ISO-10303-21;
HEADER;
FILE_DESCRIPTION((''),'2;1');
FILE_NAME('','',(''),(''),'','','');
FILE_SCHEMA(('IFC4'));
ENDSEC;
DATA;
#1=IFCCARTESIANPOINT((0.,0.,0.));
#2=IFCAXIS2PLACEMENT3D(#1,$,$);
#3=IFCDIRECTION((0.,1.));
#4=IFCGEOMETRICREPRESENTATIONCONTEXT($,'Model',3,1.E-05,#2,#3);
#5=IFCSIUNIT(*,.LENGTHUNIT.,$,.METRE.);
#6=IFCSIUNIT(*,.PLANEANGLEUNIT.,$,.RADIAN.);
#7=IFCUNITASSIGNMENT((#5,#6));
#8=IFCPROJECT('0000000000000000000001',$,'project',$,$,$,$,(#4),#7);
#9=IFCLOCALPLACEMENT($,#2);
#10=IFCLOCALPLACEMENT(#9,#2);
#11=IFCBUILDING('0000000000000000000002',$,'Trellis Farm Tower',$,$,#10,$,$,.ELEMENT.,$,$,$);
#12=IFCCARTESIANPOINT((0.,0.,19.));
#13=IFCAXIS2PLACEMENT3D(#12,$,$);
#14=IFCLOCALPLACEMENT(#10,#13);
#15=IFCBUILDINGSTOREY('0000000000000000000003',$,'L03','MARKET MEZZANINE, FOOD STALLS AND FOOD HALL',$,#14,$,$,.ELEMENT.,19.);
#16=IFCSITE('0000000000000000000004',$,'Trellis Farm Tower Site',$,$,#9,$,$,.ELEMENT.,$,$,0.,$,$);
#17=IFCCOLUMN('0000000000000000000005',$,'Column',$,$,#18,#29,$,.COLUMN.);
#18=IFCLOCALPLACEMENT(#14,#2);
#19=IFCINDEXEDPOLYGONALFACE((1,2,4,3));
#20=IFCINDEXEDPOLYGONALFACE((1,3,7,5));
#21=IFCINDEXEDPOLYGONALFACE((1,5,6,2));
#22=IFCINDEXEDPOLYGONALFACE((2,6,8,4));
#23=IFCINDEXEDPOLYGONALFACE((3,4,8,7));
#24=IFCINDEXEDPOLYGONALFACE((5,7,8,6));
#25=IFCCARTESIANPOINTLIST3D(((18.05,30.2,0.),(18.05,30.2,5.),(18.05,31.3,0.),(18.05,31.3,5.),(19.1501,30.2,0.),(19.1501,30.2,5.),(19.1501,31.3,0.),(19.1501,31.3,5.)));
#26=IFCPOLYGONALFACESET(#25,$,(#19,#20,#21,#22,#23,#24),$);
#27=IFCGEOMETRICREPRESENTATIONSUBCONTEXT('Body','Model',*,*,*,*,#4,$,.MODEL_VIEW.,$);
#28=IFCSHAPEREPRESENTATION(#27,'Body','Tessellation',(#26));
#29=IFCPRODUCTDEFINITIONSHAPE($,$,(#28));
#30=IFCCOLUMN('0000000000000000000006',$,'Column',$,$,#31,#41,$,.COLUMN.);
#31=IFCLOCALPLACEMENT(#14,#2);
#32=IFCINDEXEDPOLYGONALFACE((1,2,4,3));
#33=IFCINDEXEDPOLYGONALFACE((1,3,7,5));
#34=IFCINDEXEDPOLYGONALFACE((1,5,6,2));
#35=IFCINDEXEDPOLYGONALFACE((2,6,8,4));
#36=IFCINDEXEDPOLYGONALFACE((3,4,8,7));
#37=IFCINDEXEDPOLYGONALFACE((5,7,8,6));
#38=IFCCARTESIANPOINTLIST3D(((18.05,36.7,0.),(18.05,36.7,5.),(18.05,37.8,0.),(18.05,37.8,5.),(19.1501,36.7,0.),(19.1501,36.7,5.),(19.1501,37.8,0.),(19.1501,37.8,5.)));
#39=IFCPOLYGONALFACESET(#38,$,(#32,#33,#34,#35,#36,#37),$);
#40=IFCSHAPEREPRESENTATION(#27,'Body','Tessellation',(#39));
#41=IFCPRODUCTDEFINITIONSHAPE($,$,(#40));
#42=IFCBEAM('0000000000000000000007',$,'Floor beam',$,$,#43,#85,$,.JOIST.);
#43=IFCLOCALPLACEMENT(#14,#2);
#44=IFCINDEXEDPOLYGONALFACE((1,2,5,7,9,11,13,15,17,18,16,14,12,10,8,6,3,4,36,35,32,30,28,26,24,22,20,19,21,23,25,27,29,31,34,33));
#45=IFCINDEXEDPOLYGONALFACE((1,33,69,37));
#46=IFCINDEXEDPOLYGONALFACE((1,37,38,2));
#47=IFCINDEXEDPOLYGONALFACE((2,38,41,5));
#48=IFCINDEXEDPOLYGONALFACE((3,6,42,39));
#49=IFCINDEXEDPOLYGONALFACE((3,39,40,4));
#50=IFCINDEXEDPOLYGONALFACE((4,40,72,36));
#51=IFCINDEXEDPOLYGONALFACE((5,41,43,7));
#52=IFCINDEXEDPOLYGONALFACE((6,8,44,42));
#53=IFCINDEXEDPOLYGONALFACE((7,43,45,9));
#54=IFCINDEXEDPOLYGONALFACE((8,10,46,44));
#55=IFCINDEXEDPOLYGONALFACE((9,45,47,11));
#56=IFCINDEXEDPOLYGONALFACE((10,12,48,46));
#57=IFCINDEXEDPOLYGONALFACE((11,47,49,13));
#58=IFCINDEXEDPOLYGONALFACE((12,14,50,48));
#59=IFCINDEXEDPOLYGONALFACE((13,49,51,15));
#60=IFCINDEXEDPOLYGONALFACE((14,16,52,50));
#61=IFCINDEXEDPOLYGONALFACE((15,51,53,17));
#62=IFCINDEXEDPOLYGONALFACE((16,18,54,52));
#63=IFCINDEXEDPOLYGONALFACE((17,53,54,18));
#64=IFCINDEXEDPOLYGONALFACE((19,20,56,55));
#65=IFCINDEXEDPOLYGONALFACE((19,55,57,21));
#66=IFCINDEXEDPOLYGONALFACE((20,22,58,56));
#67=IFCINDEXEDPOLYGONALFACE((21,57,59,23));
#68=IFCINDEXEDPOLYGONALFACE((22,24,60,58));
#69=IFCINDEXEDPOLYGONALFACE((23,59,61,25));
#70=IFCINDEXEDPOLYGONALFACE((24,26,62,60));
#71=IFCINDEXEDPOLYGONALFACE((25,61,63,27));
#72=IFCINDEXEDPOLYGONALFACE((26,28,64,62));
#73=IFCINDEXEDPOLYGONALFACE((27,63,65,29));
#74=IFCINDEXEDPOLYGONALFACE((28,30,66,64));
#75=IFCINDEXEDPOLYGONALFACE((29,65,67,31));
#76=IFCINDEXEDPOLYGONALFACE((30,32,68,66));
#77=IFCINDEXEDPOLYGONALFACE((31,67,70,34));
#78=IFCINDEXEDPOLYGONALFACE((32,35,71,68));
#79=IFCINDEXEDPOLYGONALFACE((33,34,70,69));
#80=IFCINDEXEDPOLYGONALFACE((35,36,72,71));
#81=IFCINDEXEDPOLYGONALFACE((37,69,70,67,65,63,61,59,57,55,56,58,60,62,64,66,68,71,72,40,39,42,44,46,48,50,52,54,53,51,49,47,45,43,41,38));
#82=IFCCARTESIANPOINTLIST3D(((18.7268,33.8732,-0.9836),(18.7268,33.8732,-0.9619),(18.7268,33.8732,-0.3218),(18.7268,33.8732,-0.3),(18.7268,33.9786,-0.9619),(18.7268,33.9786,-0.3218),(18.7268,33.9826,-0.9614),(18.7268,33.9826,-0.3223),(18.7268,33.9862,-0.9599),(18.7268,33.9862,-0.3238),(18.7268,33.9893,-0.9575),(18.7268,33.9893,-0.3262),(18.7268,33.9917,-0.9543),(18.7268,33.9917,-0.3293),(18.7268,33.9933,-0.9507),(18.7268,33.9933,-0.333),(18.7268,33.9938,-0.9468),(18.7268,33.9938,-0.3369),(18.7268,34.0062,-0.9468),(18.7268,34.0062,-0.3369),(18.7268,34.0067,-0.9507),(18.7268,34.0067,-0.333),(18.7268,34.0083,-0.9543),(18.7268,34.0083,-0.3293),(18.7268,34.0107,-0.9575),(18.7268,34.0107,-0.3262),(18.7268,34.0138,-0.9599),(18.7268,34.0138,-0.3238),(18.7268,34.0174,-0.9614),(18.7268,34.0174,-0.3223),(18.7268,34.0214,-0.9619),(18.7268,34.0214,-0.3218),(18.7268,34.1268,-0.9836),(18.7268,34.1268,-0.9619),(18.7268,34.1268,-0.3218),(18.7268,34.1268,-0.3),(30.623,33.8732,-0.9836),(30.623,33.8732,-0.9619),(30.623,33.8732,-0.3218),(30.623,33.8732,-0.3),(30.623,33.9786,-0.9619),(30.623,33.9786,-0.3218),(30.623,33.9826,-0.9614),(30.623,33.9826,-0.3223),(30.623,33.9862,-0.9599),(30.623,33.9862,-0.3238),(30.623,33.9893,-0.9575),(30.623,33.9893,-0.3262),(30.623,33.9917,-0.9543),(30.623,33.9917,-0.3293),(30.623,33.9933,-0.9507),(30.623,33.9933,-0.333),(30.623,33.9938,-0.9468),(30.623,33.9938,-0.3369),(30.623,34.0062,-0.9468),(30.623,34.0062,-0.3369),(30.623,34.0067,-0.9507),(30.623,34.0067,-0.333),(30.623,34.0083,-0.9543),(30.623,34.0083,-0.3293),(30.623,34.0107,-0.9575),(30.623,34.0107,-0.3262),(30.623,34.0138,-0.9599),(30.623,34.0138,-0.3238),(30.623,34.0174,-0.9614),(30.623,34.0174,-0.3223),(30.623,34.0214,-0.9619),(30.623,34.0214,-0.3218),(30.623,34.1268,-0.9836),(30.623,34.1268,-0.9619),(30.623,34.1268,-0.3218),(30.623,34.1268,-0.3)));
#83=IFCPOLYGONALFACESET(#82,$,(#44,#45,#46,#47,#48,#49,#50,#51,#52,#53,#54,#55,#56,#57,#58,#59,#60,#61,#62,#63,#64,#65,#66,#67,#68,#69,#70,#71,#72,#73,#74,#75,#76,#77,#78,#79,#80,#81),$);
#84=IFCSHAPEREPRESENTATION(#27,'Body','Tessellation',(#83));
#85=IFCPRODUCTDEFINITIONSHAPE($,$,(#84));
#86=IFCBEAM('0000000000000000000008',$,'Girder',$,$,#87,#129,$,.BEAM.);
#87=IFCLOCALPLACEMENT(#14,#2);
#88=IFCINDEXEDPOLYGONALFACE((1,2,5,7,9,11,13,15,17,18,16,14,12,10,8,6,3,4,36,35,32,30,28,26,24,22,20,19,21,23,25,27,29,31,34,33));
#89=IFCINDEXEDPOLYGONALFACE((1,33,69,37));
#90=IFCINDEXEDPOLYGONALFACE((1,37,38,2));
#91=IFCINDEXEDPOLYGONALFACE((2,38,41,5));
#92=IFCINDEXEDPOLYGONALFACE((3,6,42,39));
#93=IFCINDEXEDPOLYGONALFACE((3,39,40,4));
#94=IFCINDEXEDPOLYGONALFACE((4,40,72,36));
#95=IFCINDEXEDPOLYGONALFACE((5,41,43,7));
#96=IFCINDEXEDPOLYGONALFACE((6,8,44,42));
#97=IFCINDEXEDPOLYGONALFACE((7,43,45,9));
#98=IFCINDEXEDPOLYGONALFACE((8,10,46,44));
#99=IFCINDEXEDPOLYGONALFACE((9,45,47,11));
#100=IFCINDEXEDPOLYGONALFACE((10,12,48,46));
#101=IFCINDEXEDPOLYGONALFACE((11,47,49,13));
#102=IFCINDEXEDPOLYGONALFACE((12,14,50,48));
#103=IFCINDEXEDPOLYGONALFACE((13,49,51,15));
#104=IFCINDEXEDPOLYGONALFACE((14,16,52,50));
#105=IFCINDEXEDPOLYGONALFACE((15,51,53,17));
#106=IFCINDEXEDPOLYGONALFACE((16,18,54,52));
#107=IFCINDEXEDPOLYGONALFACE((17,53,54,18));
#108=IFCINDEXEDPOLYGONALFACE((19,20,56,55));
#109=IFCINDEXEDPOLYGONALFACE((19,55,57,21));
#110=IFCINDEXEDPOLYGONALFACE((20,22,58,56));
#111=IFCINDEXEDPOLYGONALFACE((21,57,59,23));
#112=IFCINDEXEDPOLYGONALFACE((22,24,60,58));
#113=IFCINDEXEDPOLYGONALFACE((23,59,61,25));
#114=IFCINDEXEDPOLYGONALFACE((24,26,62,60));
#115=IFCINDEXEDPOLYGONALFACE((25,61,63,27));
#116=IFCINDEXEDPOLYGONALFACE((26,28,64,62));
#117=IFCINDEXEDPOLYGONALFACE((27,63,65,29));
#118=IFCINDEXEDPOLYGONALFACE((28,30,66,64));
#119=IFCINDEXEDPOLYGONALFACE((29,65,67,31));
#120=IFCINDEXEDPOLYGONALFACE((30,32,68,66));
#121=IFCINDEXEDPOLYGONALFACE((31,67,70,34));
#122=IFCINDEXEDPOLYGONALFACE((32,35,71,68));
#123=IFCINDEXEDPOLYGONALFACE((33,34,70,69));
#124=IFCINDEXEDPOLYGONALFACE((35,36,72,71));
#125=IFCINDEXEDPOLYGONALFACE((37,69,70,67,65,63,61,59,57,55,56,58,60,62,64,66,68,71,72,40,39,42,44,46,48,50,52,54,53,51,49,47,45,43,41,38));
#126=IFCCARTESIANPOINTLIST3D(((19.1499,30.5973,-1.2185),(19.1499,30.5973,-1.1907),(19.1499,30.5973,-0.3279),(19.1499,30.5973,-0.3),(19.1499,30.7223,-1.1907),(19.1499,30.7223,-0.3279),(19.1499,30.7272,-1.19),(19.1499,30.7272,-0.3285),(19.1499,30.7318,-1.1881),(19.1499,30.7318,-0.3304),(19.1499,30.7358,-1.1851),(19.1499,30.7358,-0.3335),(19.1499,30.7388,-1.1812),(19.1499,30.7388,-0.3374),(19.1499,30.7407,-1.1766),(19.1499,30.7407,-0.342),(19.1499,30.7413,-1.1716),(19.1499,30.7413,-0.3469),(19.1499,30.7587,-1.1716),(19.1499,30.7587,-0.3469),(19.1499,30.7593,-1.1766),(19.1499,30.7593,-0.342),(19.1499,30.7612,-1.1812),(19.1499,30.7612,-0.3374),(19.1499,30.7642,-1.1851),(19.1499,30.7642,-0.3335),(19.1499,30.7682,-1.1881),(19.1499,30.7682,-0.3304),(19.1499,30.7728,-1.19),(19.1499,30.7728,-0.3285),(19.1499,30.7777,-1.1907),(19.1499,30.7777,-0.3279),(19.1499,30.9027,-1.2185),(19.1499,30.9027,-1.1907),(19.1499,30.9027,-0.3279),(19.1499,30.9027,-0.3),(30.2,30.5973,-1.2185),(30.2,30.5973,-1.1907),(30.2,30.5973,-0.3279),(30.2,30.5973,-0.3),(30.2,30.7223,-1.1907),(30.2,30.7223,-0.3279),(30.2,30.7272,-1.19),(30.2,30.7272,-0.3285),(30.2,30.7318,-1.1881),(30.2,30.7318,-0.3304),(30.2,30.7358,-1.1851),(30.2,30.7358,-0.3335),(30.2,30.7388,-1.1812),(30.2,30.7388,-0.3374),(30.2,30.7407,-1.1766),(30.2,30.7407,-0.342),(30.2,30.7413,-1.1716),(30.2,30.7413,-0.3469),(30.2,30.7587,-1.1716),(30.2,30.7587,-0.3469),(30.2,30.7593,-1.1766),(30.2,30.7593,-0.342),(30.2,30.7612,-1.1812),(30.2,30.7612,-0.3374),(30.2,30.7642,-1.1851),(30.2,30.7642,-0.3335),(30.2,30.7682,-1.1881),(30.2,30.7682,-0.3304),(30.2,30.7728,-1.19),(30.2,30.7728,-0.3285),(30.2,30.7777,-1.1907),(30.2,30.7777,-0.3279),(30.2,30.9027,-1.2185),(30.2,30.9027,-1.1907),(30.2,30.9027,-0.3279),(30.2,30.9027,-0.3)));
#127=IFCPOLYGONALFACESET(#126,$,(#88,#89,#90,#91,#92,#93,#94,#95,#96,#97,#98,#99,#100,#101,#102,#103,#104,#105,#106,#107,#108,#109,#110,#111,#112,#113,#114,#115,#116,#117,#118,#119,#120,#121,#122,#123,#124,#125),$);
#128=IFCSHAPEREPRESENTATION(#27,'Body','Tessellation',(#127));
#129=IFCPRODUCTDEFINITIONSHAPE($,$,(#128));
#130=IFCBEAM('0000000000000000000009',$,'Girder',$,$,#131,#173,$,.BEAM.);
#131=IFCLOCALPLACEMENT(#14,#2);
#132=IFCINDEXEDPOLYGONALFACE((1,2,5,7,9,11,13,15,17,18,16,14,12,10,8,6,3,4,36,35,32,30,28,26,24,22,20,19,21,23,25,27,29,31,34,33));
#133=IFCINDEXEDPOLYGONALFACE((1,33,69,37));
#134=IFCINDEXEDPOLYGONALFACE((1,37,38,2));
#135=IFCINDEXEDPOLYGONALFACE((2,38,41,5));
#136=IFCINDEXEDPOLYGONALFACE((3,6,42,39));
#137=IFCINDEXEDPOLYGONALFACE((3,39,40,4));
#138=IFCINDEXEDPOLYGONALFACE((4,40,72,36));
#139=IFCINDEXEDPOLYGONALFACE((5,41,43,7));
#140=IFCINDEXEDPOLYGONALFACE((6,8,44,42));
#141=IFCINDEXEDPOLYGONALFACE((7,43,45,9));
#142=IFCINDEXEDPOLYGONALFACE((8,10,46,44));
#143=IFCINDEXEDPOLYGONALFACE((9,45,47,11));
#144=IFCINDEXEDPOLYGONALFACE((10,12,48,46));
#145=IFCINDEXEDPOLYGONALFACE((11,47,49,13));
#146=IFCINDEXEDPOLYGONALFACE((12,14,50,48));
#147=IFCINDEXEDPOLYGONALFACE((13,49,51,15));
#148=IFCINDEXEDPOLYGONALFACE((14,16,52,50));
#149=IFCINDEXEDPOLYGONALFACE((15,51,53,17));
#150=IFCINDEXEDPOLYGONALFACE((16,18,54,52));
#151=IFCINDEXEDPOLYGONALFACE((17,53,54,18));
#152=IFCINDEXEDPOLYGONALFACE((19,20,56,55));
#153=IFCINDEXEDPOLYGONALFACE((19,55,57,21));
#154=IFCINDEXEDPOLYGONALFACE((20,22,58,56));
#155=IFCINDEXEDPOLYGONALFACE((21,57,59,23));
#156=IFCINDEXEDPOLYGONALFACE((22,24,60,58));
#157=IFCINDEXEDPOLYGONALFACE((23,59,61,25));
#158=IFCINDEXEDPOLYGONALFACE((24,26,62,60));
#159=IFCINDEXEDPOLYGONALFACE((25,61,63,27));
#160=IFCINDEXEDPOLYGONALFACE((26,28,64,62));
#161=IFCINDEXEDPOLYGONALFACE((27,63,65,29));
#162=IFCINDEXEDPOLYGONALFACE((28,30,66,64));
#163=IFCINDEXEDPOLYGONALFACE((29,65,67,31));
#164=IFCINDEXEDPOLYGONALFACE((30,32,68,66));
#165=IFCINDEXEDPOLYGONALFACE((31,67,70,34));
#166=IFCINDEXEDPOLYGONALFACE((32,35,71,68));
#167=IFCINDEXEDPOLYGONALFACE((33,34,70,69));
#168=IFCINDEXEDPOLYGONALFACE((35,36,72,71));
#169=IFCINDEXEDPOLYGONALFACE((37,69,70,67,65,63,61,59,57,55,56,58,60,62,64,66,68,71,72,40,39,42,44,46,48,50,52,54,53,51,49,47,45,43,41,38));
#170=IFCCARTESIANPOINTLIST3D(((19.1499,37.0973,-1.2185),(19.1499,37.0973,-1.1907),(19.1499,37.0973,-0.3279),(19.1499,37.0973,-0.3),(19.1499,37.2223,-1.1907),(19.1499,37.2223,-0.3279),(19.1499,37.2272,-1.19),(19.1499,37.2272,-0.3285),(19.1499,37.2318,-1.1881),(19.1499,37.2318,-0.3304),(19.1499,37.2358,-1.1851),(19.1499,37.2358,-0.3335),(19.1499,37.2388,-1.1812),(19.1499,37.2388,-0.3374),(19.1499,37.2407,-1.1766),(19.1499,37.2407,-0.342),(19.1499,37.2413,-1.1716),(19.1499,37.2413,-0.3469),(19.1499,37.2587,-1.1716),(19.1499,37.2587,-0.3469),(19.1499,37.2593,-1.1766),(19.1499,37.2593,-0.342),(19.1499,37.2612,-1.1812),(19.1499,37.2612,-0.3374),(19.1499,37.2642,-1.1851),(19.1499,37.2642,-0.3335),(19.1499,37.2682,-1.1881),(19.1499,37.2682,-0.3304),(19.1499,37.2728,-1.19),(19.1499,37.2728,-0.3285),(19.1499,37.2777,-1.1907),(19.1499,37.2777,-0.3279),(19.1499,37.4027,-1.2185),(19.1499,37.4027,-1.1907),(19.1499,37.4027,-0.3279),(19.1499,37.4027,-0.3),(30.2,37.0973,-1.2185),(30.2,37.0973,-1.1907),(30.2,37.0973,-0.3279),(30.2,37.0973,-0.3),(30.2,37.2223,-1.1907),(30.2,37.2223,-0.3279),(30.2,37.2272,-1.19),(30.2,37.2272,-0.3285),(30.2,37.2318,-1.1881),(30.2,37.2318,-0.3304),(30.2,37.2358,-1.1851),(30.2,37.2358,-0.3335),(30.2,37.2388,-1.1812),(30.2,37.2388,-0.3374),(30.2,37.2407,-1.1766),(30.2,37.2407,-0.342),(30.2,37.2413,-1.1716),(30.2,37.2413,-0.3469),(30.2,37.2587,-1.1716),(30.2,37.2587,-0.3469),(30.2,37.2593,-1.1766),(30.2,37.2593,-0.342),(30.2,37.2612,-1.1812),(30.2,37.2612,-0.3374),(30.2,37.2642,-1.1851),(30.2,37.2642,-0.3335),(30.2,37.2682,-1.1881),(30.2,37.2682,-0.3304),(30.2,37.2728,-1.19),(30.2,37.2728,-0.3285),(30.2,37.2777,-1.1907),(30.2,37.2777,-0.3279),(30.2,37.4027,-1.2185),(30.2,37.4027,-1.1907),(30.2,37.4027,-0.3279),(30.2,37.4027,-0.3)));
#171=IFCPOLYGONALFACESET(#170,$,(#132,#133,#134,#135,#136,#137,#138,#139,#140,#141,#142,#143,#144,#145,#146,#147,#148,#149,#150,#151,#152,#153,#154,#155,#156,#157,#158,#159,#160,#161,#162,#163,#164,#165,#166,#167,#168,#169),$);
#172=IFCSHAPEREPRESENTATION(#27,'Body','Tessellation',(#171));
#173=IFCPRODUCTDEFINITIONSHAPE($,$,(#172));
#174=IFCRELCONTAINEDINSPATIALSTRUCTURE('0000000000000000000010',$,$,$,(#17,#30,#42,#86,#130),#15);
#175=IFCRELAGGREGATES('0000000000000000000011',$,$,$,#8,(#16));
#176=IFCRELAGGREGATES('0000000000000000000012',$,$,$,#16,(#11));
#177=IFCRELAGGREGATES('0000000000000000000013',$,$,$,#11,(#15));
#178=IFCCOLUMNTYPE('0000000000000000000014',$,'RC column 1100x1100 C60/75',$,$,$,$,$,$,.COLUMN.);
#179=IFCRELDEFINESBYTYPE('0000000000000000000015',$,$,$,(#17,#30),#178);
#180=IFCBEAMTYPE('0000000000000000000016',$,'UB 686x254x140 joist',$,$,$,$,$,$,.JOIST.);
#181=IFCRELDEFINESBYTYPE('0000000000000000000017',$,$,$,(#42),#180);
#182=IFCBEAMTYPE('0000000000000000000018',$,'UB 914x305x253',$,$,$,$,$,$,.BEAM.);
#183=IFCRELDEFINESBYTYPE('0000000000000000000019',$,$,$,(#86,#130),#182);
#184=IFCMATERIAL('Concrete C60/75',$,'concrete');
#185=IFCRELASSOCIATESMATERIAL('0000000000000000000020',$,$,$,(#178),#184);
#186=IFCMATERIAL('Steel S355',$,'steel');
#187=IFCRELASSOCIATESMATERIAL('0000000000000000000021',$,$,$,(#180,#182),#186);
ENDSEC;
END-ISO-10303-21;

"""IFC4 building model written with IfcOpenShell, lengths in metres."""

from ifc_helpers import new_model, si_unit, direction, frame, origin, origin_2d, place, context, subcontext, project, spatial, rectangle, i_section, extrude, source, transform, mapped, material, material_profile, profile_set, type_object, element, save


model = new_model("IFC4")

# Units and contexts
model_context = context("Model", 3, precision=1e-05, world=origin(), true_north=direction((0.0, 1.0)))
body_context = subcontext(model_context, "Body", "Model", "MODEL_VIEW")
ifc_project = project(units=[si_unit("LENGTHUNIT", "METRE"), si_unit("PLANEANGLEUNIT", "RADIAN")], contexts=[model_context])

# Site, building, storey
site_placement = place(None, origin())
site = spatial("IfcSite", under=ifc_project, at=site_placement, Name="Trellis Farm Tower Site", CompositionType="ELEMENT", RefElevation=0.0)
building_placement = place(site_placement, origin())
building = spatial("IfcBuilding", under=site, at=building_placement, Name="Trellis Farm Tower", CompositionType="ELEMENT")
storey_placement = place(building_placement, frame((0.0, 0.0, 19.0)))
storey = spatial("IfcBuildingStorey", under=building, at=storey_placement, Name="L03", Description="MARKET MEZZANINE, FOOD STALLS AND FOOD HALL", CompositionType="ELEMENT", Elevation=19.0)

# Columns
ifc_material_1 = material(Name="Concrete C60/75", Category="concrete")
ifc_material_profile_1 = material_profile(ifc_material_1, rectangle(XDim=1.1001, YDim=1.1001, at=origin_2d()), Name="RC column 1100x1100 C60/75")
ifc_profile_set_1 = profile_set([ifc_material_profile_1], Name="Concrete C60/75")
column_type = type_object("IfcColumnType", Name="RC column 1100x1100 C60/75", PredefinedType="COLUMN", material=ifc_profile_set_1)
shared_shape_1 = source(origin(), body_context, "Body", "SweptSolid", [
    extrude(rectangle(XDim=1.1001, YDim=1.1001, at=origin_2d()), origin(), (0.0, 0.0, 1.0), 5.0),
])
for number, where, z_axis, x_axis, name in (
    (1, (18.6001, 30.75, 0.0), (0.0, 0.0, 1.0), (1.0, 0.0, 0.0), "Column"),
    (2, (18.6001, 37.25, 0.0), (0.0, 0.0, 1.0), (1.0, 0.0, 0.0), "Column"),
):
    element("IfcColumn", number, at=place(storey_placement, frame(where, z_axis=z_axis, x_axis=x_axis)), inside=storey, type_object=column_type, Name=name, PredefinedType="COLUMN", context=body_context, shape_type="MappedRepresentation", body=[
        mapped(shared_shape_1, transform((0.0, 0.0, 0.0))),
    ])

# Beams
ifc_material_2 = material(Name="Steel S355", Category="steel")
ifc_material_profile_2 = material_profile(ifc_material_2, i_section(OverallWidth=0.2537, OverallDepth=0.6836, WebThickness=0.0125, FlangeThickness=0.0217, FilletRadius=0.0151, at=origin_2d()), Name="UB 686x254x140")
ifc_profile_set_2 = profile_set([ifc_material_profile_2], Name="Steel S355")
beam_type_1 = type_object("IfcBeamType", Name="UB 686x254x140 joist", PredefinedType="JOIST", material=ifc_profile_set_2)
shared_shape_2 = source(origin(), body_context, "Body", "SweptSolid", [
    extrude(i_section(OverallWidth=0.2537, OverallDepth=0.6836, WebThickness=0.0125, FlangeThickness=0.0217, FilletRadius=0.0151, at=origin_2d()), origin(), (0.0, 0.0, 1.0), 11.8962),
])
beam_1_placement = place(storey_placement, frame((18.7268, 34.0, -0.6418), z_axis=(1.0, 0.0, 0.0), x_axis=(0.0, 1.0, 0.0)))
element("IfcBeam", 3, at=beam_1_placement, inside=storey, type_object=beam_type_1, Name="Floor beam", PredefinedType="JOIST", context=body_context, shape_type="MappedRepresentation", body=[
    mapped(shared_shape_2, transform((0.0, 0.0, 0.0))),
])
ifc_material_profile_3 = material_profile(ifc_material_2, i_section(OverallWidth=0.3054, OverallDepth=0.9185, WebThickness=0.0173, FlangeThickness=0.0278, FilletRadius=0.019, at=origin_2d()), Name="UB 914x305x253")
ifc_profile_set_3 = profile_set([ifc_material_profile_3], Name="Steel S355")
beam_type_2 = type_object("IfcBeamType", Name="UB 914x305x253", PredefinedType="BEAM", material=ifc_profile_set_3)
shared_shape_3 = source(origin(), body_context, "Body", "SweptSolid", [
    extrude(i_section(OverallWidth=0.3054, OverallDepth=0.9185, WebThickness=0.0173, FlangeThickness=0.0278, FilletRadius=0.019, at=origin_2d()), origin(), (0.0, 0.0, 1.0), 11.05),
])
for number, where, z_axis, x_axis, name in (
    (4, (19.1499, 30.75, -0.7593), (1.0, 0.0, 0.0), (0.0, 1.0, 0.0), "Girder"),
    (5, (19.1499, 37.25, -0.7593), (1.0, 0.0, 0.0), (0.0, 1.0, 0.0), "Girder"),
):
    element("IfcBeam", number, at=place(storey_placement, frame(where, z_axis=z_axis, x_axis=x_axis)), inside=storey, type_object=beam_type_2, Name=name, PredefinedType="BEAM", context=body_context, shape_type="MappedRepresentation", body=[
        mapped(shared_shape_3, transform((0.0, 0.0, 0.0))),
    ])

save(model, "model.ifc")
